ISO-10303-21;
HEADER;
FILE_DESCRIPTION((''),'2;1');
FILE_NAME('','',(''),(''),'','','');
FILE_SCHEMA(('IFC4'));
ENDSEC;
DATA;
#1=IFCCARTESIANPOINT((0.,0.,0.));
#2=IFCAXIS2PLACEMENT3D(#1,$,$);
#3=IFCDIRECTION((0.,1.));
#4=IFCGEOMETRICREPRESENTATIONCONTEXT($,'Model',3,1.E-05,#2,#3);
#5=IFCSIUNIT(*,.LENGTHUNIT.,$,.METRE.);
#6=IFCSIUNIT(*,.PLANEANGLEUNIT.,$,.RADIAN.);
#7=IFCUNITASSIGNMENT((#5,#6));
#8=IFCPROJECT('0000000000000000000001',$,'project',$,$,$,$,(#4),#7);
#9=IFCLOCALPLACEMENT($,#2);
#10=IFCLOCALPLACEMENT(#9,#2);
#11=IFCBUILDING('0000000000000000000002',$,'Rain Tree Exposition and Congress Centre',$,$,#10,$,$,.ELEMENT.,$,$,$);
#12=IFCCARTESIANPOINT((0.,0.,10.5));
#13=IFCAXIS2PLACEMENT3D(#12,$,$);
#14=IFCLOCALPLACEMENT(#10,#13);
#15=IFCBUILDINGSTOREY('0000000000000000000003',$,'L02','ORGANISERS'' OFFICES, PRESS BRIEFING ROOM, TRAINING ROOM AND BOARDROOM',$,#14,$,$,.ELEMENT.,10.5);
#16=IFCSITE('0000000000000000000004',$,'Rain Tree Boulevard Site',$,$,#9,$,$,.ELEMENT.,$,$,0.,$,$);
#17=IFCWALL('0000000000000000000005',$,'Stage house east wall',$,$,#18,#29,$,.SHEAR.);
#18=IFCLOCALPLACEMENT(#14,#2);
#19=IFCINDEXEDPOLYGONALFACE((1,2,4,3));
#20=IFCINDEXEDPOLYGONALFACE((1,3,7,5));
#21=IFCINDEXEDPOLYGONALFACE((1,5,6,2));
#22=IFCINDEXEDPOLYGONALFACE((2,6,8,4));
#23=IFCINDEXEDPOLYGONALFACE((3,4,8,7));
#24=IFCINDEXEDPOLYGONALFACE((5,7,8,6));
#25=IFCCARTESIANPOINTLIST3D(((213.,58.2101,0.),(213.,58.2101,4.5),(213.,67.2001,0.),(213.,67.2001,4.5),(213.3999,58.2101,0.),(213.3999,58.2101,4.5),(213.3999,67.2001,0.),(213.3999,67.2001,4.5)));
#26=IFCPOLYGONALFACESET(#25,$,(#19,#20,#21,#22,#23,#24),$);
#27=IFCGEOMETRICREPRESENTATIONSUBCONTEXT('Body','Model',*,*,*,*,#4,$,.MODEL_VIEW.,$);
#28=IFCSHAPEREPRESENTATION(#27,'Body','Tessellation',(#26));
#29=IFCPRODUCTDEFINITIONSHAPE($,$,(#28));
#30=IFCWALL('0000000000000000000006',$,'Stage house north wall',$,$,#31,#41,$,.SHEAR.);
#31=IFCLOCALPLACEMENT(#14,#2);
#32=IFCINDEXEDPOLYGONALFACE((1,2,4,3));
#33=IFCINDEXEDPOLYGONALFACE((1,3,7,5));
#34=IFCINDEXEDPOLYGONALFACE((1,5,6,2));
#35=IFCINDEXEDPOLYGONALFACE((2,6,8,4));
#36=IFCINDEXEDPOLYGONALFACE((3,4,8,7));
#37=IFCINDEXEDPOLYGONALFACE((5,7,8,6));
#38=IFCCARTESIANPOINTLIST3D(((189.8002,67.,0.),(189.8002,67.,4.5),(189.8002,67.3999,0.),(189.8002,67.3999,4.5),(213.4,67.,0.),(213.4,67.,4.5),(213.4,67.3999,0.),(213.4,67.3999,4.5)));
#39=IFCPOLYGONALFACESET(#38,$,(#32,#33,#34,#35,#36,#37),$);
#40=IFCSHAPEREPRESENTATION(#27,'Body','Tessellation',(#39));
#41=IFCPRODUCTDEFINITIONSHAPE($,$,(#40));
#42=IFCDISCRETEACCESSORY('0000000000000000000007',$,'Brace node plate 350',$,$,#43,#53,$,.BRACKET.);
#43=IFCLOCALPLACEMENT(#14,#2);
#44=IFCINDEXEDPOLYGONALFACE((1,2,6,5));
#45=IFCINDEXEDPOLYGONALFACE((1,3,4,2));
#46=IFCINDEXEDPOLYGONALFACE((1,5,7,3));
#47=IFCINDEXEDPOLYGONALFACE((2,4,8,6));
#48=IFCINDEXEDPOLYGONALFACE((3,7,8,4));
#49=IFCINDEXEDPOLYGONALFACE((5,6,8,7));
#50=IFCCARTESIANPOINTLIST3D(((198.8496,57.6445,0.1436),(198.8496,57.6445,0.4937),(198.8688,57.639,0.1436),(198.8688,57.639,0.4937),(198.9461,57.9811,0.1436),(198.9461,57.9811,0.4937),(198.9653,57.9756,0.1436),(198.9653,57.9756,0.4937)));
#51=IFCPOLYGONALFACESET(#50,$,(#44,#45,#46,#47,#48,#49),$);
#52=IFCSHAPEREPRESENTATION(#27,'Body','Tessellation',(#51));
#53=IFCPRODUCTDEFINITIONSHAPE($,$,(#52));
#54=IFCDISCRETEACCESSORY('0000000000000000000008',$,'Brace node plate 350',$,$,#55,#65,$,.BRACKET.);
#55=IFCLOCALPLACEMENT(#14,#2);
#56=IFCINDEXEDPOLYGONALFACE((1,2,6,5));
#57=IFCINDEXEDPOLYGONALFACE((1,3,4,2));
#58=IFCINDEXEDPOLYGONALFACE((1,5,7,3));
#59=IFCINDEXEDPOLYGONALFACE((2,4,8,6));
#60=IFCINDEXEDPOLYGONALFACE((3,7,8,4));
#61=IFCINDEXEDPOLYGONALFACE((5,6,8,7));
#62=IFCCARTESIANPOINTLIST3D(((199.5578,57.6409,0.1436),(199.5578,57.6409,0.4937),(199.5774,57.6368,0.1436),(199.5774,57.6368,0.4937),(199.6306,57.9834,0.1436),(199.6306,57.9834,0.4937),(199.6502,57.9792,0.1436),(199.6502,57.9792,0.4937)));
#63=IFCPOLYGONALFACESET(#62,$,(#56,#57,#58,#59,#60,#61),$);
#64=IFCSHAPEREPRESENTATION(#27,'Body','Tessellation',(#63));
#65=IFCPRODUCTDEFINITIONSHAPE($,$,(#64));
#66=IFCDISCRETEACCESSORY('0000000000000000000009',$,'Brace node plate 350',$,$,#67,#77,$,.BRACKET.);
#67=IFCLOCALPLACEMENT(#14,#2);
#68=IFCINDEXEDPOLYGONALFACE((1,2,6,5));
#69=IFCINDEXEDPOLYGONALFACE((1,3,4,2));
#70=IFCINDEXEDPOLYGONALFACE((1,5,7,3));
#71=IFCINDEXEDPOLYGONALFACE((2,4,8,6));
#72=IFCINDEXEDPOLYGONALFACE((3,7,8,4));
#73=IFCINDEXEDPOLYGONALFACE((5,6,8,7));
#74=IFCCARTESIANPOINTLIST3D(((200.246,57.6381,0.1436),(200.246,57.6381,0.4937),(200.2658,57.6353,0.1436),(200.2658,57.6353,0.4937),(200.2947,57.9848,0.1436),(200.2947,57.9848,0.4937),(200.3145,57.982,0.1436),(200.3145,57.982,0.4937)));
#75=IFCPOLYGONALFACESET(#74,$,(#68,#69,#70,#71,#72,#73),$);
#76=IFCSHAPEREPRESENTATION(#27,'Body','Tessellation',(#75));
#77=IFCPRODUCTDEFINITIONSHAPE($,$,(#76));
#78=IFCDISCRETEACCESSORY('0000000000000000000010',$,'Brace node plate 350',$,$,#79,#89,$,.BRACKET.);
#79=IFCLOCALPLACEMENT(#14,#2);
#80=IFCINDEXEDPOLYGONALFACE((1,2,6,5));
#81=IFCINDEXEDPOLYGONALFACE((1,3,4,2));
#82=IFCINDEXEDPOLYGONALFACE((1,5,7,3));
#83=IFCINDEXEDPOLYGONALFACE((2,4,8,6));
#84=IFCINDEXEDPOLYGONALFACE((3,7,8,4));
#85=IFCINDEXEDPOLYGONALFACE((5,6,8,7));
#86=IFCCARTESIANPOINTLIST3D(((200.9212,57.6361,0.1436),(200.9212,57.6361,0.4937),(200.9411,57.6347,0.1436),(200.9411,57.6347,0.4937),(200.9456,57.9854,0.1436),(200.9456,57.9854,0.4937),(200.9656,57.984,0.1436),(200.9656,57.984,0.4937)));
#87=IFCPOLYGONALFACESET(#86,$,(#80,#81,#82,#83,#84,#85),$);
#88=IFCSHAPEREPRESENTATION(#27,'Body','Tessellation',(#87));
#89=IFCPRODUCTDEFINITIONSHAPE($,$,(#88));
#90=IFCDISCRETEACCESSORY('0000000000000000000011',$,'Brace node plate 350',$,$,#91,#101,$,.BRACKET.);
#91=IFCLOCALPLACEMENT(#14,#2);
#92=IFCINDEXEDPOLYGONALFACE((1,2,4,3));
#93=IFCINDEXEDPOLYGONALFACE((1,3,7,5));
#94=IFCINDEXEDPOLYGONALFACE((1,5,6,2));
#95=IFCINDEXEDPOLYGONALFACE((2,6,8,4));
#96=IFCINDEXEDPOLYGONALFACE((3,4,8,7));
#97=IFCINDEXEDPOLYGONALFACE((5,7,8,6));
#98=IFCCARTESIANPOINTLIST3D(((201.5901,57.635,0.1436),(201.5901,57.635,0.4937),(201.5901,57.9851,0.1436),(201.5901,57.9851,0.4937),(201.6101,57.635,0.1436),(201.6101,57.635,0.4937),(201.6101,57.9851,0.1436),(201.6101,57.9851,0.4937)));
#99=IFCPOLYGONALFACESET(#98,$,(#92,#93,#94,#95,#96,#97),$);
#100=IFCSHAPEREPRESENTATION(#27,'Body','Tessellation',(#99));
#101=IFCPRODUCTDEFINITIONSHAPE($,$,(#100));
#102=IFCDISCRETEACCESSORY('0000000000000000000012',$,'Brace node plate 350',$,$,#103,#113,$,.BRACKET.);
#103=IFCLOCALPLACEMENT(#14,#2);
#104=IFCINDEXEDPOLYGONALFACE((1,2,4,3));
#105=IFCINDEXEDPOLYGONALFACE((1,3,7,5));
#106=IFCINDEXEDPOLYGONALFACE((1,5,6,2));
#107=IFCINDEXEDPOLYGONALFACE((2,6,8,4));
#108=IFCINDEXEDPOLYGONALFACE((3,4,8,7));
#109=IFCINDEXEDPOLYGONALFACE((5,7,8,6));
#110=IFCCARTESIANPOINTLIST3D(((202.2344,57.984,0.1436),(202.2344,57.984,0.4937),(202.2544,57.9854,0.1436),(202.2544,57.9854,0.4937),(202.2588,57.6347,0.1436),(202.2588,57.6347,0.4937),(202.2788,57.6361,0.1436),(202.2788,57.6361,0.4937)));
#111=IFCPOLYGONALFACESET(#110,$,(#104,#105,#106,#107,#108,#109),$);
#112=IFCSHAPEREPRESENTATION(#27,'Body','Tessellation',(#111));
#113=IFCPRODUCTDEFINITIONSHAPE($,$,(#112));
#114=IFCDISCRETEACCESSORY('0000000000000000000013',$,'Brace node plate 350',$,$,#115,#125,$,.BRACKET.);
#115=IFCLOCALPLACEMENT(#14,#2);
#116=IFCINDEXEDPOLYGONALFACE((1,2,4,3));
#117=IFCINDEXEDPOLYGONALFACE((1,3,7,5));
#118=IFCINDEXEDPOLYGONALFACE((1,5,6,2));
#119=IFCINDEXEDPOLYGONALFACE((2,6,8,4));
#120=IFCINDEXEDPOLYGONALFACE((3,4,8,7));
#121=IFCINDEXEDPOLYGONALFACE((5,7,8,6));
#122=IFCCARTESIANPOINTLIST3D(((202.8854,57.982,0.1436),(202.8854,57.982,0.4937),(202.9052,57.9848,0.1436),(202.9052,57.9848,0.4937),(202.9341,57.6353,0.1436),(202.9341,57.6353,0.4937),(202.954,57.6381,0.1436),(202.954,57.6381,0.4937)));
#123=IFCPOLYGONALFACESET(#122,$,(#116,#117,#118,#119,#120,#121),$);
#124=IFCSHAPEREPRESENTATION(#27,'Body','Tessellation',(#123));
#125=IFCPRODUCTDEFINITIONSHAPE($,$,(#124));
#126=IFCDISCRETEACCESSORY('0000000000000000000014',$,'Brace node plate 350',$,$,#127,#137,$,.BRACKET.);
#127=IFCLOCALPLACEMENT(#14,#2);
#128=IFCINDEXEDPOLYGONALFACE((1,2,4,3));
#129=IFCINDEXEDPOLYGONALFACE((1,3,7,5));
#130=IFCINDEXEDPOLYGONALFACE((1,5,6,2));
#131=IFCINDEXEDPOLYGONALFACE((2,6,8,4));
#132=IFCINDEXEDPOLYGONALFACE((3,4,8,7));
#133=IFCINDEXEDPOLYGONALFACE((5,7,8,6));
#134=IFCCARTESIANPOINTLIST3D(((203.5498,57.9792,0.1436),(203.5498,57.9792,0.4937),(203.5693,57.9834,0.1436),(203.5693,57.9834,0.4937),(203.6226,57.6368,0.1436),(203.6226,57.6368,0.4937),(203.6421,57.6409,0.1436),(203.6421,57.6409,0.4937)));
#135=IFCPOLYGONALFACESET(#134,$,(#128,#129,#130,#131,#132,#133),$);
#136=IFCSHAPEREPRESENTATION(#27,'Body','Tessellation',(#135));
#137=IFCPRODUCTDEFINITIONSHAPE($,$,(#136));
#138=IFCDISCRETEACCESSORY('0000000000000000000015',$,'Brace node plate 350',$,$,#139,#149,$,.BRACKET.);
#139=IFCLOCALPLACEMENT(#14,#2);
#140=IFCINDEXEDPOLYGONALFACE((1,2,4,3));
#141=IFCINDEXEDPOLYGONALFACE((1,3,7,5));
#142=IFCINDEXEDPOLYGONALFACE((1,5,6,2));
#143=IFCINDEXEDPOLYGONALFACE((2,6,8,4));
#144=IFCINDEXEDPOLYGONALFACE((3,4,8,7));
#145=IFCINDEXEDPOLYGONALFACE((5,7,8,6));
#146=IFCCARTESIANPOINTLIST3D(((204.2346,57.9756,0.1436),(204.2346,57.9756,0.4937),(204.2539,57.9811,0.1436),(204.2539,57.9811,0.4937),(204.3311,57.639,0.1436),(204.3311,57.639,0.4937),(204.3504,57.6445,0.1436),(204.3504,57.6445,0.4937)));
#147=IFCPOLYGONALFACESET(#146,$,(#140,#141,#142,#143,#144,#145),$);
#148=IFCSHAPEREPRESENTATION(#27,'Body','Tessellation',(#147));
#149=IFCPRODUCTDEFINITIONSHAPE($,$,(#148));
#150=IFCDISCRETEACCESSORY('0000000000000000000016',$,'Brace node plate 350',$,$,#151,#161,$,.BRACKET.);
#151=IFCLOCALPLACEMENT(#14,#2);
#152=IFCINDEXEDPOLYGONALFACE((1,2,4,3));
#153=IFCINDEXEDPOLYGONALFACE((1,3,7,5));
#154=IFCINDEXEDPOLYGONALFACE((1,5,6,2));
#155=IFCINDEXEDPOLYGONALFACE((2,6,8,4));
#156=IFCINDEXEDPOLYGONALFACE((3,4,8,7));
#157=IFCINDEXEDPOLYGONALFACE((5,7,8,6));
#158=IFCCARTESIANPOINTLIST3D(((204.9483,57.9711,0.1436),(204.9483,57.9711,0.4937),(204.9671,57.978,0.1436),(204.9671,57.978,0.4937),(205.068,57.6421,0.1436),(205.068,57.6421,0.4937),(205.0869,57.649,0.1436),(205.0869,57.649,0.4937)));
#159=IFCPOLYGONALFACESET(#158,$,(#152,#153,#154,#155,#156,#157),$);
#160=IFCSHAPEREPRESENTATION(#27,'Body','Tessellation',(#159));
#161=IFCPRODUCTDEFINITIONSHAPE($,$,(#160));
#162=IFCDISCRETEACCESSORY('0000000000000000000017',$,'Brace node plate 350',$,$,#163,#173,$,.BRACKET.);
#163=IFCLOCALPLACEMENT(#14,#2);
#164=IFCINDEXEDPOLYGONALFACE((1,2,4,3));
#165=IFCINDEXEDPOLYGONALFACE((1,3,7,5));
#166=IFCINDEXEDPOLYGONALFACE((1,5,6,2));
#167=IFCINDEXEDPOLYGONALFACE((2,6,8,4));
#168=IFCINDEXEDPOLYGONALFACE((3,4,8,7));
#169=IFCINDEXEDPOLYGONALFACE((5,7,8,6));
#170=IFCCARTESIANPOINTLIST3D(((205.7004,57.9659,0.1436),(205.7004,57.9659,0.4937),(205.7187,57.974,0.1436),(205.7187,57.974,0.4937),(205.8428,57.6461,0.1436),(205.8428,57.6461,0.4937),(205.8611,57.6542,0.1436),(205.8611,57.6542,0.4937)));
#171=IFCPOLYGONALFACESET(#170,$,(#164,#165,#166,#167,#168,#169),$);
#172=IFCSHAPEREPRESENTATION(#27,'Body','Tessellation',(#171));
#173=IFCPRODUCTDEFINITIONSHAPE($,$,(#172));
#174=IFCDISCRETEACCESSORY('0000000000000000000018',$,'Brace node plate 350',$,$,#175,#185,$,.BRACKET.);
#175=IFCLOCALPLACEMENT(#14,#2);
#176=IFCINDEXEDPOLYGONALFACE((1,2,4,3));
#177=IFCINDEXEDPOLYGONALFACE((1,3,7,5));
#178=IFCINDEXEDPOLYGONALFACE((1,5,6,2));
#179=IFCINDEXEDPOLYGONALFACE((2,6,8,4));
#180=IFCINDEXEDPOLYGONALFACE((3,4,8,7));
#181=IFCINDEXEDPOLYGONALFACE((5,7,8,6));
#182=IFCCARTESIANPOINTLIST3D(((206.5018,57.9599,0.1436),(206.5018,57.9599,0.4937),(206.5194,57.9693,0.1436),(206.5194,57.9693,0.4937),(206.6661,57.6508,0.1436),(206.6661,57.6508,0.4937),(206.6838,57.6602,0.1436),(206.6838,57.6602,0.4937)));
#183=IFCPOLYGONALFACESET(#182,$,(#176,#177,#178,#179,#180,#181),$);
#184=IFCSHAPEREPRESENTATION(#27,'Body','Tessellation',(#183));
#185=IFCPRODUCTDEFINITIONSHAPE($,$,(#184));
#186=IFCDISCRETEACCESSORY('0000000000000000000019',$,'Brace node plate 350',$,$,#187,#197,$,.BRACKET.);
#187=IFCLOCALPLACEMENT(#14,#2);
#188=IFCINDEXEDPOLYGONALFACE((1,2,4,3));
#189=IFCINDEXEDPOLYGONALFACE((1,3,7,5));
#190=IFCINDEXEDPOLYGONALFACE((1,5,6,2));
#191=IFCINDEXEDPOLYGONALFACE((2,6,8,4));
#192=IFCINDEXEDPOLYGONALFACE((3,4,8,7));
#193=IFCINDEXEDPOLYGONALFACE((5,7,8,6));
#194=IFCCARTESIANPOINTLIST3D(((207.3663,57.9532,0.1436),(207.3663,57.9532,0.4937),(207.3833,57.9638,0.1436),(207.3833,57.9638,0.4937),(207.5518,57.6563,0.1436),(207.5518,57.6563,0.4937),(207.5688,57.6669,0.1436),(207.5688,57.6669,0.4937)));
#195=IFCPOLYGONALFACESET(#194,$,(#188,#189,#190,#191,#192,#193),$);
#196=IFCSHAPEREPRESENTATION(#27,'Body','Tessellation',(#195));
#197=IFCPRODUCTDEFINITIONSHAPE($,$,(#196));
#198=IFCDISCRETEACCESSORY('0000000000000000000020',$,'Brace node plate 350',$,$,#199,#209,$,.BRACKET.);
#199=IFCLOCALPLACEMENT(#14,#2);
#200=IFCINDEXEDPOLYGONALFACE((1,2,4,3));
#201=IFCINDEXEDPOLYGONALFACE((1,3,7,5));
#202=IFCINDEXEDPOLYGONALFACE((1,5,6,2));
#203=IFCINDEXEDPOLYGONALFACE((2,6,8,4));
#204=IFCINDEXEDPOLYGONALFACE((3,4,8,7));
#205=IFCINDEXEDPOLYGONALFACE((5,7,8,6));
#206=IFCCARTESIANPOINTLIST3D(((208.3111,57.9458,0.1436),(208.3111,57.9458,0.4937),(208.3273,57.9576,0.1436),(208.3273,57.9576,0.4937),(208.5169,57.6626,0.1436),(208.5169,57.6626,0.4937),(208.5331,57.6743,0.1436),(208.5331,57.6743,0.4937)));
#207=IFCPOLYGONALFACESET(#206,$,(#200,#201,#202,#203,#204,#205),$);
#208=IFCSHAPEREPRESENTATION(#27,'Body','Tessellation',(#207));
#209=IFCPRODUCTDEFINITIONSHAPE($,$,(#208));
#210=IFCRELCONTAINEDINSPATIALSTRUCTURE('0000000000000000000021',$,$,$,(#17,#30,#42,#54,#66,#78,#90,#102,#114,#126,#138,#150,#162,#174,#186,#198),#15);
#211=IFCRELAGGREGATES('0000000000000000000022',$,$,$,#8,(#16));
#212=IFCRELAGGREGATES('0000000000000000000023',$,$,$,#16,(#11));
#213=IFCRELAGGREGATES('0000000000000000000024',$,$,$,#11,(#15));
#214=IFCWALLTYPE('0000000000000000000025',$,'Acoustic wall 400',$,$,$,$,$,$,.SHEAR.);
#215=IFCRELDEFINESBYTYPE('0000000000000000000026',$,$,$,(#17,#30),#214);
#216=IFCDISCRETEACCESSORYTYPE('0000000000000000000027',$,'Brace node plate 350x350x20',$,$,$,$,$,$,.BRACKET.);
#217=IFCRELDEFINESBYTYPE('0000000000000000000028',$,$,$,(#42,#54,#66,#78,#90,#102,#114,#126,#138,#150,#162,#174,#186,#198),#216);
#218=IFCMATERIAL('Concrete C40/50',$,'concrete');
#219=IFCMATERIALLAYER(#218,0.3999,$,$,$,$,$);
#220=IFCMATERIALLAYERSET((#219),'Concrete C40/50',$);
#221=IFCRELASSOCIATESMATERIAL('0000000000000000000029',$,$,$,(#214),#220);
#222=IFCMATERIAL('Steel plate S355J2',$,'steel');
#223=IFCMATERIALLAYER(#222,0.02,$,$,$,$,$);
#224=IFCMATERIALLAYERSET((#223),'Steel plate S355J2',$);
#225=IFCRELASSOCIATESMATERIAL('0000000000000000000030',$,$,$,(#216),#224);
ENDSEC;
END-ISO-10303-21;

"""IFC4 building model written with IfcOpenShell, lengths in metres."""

from ifc_helpers import new_model, si_unit, direction, frame, frame_2d, origin, origin_2d, place, context, subcontext, project, spatial, rectangle, extrude, material, layer, layer_set, type_object, element, save


model = new_model("IFC4")

# Units and contexts
model_context = context("Model", 3, precision=1e-05, world=origin(), true_north=direction((0.0, 1.0)))
body_context = subcontext(model_context, "Body", "Model", "MODEL_VIEW")
ifc_project = project(units=[si_unit("LENGTHUNIT", "METRE"), si_unit("PLANEANGLEUNIT", "RADIAN")], contexts=[model_context])

# Site, building, storey
site_placement = place(None, origin())
site = spatial("IfcSite", under=ifc_project, at=site_placement, Name="Rain Tree Boulevard Site", CompositionType="ELEMENT", RefElevation=0.0)
building_placement = place(site_placement, origin())
building = spatial("IfcBuilding", under=site, at=building_placement, Name="Rain Tree Exposition and Congress Centre", CompositionType="ELEMENT")
storey_placement = place(building_placement, frame((0.0, 0.0, 10.5)))
storey = spatial("IfcBuildingStorey", under=building, at=storey_placement, Name="L02", Description="ORGANISERS' OFFICES, PRESS BRIEFING ROOM, TRAINING ROOM AND BOARDROOM", CompositionType="ELEMENT", Elevation=10.5)

# Walls
ifc_material_1 = material(Name="Concrete C40/50", Category="concrete")
ifc_layer_1 = layer(ifc_material_1, 0.3999)
ifc_layer_set_1 = layer_set([ifc_layer_1], Name="Concrete C40/50")
wall_type = type_object("IfcWallType", Name="Acoustic wall 400", PredefinedType="SHEAR", material=ifc_layer_set_1)
wall_1_placement = place(storey_placement, frame((213.2, 58.21, 0.0), z_axis=(0.0, 0.0, 1.0), x_axis=(0.0, 1.0, 0.0)))
element("IfcWall", 1, at=wall_1_placement, inside=storey, type_object=wall_type, Name="Stage house east wall", PredefinedType="SHEAR", context=body_context, shape_type="SweptSolid", body=[
    extrude(rectangle(XDim=8.99, YDim=0.3999, at=frame_2d((4.4951, 0.0))), origin(), (0.0, 0.0, 1.0), 4.5),
])
wall_2_placement = place(storey_placement, frame((213.3999, 67.2, 0.0), z_axis=(0.0, 0.0, 1.0), x_axis=(-1.0, 0.0, 0.0)))
element("IfcWall", 2, at=wall_2_placement, inside=storey, type_object=wall_type, Name="Stage house north wall", PredefinedType="SHEAR", context=body_context, shape_type="SweptSolid", body=[
    extrude(rectangle(XDim=23.5999, YDim=0.3999, at=frame_2d((11.7998, 0.0))), origin(), (0.0, 0.0, 1.0), 4.5),
])

# Discrete accessories
ifc_material_2 = material(Name="Steel plate S355J2", Category="steel")
ifc_layer_2 = layer(ifc_material_2, 0.02)
ifc_layer_set_2 = layer_set([ifc_layer_2], Name="Steel plate S355J2")
discrete_accessory_type = type_object("IfcDiscreteAccessoryType", Name="Brace node plate 350x350x20", PredefinedType="BRACKET", material=ifc_layer_set_2)
for number, where, z_axis, x_axis, name in (
    (3, (198.9075, 57.8101, 0.1436), (0.0, 0.0, 1.0), (-0.275637, -0.961262, 0.0), "Brace node plate 350"),
    (4, (199.604, 57.8101, 0.1436), (0.0, 0.0, 1.0), (-0.207912, -0.978148, 0.0), "Brace node plate 350"),
    (5, (200.2803, 57.8101, 0.1436), (0.0, 0.0, 1.0), (-0.139173, -0.990268, 0.0), "Brace node plate 350"),
    (6, (200.9434, 57.8101, 0.1436), (0.0, 0.0, 1.0), (-0.069756, -0.997564, 0.0), "Brace node plate 350"),
    (7, (201.6001, 57.8101, 0.1436), (0.0, 0.0, 1.0), (0.0, -1.0, 0.0), "Brace node plate 350"),
    (8, (202.2566, 57.8101, 0.1436), (0.0, 0.0, 1.0), (0.069756, -0.997564, 0.0), "Brace node plate 350"),
    (9, (202.9197, 57.8101, 0.1436), (0.0, 0.0, 1.0), (0.139173, -0.990268, 0.0), "Brace node plate 350"),
    (10, (203.5959, 57.8101, 0.1436), (0.0, 0.0, 1.0), (0.207912, -0.978148, 0.0), "Brace node plate 350"),
    (11, (204.2925, 57.8101, 0.1436), (0.0, 0.0, 1.0), (0.275637, -0.961262, 0.0), "Brace node plate 350"),
    (12, (205.0176, 57.8101, 0.1436), (0.0, 0.0, 1.0), (0.34202, -0.939693, 0.0), "Brace node plate 350"),
    (13, (205.7808, 57.8101, 0.1436), (0.0, 0.0, 1.0), (0.406737, -0.913545, 0.0), "Brace node plate 350"),
    (14, (206.5928, 57.8101, 0.1436), (0.0, 0.0, 1.0), (0.469472, -0.882948, 0.0), "Brace node plate 350"),
    (15, (207.4675, 57.8101, 0.1436), (0.0, 0.0, 1.0), (0.529919, -0.848048, 0.0), "Brace node plate 350"),
    (16, (208.4221, 57.8101, 0.1436), (0.0, 0.0, 1.0), (0.587785, -0.809017, 0.0), "Brace node plate 350"),
):
    element("IfcDiscreteAccessory", number, at=place(storey_placement, frame(where, z_axis=z_axis, x_axis=x_axis)), inside=storey, type_object=discrete_accessory_type, Name=name, PredefinedType="BRACKET", context=body_context, shape_type="SweptSolid", body=[
        extrude(rectangle(XDim=0.3501, YDim=0.02, at=origin_2d()), origin(), (0.0, 0.0, 1.0), 0.3501),
    ])

save(model, "model.ifc")
